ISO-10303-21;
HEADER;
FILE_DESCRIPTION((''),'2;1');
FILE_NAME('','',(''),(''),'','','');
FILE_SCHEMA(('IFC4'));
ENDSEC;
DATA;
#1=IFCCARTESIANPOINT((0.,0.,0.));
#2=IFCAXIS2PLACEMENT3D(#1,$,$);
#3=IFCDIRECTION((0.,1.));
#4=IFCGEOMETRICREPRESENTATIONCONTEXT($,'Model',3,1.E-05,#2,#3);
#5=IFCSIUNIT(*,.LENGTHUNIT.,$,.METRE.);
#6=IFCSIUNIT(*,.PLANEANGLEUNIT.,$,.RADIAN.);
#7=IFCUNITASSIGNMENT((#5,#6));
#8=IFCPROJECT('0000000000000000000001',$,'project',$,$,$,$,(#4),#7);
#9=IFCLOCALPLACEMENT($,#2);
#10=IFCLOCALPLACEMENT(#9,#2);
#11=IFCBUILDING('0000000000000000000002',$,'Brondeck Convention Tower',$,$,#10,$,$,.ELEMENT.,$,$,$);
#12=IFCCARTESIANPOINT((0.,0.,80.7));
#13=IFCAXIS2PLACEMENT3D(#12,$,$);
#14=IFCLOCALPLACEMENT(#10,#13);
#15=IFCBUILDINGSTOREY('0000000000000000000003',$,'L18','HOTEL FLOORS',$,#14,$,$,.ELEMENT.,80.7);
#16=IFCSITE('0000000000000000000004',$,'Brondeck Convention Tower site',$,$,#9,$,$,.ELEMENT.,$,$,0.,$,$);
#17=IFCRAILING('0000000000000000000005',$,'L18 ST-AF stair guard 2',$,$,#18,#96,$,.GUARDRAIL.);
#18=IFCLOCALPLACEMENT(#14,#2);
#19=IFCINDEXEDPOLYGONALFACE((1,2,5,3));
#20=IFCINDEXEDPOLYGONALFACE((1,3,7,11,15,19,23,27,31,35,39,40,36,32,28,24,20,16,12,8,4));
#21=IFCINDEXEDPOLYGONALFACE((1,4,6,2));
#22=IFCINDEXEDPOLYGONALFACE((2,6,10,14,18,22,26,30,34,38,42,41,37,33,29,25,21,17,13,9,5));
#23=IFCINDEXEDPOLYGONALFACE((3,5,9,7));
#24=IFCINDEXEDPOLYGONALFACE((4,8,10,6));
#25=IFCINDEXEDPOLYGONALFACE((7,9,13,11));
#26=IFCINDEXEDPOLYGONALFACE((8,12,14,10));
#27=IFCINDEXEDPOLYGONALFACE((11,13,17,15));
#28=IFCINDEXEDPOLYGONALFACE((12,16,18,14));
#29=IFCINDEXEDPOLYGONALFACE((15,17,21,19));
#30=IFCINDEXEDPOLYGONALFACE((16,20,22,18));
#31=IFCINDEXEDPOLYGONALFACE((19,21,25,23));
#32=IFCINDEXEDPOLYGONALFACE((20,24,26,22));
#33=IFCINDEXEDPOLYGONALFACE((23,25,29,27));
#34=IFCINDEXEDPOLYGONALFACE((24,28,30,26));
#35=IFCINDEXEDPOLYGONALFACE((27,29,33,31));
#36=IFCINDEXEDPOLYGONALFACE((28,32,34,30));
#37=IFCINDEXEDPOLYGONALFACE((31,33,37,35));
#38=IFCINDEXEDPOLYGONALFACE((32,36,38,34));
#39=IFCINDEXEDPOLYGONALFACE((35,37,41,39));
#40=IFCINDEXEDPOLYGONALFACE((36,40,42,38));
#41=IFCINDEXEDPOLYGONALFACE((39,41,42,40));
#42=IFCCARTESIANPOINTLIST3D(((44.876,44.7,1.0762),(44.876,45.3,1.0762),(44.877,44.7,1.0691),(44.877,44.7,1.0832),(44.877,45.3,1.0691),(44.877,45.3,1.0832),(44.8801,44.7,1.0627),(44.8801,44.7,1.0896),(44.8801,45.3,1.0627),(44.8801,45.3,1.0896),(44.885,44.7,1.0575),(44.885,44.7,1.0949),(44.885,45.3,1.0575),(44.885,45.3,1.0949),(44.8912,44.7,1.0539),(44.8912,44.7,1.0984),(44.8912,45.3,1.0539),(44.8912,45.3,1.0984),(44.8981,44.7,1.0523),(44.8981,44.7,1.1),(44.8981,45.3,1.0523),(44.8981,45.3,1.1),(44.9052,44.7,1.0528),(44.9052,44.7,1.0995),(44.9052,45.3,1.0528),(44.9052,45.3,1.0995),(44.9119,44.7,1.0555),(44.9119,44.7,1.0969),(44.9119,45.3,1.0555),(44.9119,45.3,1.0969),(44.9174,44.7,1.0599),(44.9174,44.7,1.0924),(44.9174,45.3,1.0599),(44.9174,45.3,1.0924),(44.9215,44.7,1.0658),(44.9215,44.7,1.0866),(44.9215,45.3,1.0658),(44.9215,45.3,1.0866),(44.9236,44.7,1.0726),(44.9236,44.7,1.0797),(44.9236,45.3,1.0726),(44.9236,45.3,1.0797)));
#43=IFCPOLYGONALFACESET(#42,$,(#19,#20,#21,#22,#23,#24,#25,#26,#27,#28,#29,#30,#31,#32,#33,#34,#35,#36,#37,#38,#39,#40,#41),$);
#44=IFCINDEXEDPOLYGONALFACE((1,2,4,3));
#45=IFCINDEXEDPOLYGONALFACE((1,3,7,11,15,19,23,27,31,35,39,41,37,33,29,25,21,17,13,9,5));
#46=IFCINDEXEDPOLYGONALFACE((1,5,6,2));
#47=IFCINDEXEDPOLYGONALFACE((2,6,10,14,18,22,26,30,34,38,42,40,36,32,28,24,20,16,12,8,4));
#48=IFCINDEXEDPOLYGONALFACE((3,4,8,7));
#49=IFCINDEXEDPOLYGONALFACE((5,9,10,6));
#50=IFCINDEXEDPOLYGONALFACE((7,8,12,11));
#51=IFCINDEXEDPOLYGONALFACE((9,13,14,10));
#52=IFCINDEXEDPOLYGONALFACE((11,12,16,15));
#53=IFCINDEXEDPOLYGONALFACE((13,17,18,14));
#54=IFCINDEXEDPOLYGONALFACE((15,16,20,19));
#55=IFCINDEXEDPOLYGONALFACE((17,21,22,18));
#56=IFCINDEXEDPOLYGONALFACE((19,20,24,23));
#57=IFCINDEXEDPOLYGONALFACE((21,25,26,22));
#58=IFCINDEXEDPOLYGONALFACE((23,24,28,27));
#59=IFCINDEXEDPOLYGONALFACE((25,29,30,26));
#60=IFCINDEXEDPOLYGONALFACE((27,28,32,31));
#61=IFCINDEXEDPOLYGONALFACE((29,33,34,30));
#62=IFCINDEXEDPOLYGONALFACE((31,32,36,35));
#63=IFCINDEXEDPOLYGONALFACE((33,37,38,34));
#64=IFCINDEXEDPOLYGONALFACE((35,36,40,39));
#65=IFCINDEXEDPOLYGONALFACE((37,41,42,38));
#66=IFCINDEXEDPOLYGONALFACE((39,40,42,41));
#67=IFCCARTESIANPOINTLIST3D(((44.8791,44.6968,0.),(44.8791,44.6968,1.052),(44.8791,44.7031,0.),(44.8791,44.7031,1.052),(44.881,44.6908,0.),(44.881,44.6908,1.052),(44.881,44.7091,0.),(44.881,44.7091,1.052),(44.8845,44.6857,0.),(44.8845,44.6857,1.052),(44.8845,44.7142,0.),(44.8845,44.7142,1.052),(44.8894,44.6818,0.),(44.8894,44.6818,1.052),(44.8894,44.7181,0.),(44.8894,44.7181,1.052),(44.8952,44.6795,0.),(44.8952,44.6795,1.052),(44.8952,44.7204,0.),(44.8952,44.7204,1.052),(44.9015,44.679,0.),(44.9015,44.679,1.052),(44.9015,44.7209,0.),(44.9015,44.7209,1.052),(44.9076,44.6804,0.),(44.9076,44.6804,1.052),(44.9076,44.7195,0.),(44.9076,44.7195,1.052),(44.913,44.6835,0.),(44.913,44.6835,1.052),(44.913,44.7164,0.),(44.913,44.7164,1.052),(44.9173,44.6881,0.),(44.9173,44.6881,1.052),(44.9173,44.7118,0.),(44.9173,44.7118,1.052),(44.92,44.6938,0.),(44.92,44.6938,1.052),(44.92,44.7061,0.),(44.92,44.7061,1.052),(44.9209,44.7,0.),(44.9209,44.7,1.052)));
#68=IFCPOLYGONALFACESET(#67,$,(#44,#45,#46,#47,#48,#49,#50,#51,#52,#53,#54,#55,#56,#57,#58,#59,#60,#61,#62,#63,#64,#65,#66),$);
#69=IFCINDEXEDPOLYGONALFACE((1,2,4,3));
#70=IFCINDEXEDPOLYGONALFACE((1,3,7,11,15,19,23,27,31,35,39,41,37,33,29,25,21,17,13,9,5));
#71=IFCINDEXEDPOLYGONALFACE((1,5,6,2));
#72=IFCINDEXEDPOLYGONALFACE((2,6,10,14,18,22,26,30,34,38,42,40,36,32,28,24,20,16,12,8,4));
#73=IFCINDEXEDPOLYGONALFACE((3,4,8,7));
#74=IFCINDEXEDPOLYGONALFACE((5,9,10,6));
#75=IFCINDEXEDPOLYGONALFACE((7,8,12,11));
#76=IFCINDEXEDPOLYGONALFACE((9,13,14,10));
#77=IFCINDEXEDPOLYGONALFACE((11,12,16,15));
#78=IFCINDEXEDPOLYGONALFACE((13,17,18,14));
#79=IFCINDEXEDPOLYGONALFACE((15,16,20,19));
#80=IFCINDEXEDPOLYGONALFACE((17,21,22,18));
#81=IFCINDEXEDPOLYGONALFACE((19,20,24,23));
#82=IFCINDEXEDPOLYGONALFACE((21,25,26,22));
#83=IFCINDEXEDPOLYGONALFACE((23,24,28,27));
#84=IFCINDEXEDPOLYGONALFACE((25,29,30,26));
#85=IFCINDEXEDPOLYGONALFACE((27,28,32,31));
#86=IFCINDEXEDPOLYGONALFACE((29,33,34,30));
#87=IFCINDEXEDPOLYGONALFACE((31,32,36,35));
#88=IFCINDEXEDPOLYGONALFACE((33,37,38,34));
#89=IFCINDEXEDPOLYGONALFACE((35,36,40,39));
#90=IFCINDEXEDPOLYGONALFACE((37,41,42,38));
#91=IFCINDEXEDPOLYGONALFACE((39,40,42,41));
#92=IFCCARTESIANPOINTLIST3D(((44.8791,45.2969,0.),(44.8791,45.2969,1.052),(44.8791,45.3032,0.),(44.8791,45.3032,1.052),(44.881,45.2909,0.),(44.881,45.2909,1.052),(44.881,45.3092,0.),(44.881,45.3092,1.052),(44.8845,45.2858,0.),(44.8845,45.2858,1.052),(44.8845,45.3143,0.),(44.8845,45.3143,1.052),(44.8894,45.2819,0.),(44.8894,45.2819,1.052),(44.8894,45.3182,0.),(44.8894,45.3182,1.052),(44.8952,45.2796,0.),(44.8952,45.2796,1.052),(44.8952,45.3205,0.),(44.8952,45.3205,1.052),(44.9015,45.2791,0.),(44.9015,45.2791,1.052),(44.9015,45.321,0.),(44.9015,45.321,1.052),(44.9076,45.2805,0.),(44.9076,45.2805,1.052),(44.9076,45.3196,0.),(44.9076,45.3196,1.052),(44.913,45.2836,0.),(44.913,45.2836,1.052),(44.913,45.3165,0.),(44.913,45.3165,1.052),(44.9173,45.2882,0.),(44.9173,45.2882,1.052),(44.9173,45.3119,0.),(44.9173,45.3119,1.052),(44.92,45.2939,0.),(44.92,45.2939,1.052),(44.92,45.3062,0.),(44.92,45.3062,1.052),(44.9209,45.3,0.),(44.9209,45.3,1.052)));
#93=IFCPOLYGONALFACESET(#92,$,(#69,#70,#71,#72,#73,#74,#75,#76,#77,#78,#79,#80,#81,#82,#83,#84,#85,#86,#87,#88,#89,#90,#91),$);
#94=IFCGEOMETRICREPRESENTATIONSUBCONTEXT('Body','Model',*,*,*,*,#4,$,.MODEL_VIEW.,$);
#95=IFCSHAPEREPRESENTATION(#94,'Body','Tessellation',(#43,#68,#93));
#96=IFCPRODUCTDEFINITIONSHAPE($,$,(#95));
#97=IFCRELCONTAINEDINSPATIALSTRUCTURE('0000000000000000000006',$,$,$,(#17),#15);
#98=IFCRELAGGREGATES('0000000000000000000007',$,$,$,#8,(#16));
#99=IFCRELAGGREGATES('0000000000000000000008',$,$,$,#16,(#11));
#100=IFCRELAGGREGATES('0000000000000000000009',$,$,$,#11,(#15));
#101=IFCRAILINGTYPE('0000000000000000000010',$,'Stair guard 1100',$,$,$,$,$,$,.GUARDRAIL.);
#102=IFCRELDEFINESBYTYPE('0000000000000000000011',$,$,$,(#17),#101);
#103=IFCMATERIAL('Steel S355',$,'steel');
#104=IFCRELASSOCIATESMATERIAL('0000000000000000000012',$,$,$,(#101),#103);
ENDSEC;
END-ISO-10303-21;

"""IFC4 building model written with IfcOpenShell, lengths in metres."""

from ifc_helpers import new_model, si_unit, direction, frame, origin, origin_2d, place, context, subcontext, project, spatial, circle, extrude, material, type_object, element, save


model = new_model("IFC4")

# Units and contexts
model_context = context("Model", 3, precision=1e-05, world=origin(), true_north=direction((0.0, 1.0)))
body_context = subcontext(model_context, "Body", "Model", "MODEL_VIEW")
ifc_project = project(units=[si_unit("LENGTHUNIT", "METRE"), si_unit("PLANEANGLEUNIT", "RADIAN")], contexts=[model_context])

# Site, building, storey
site_placement = place(None, origin())
site = spatial("IfcSite", under=ifc_project, at=site_placement, Name="Brondeck Convention Tower site", CompositionType="ELEMENT", RefElevation=0.0)
building_placement = place(site_placement, origin())
building = spatial("IfcBuilding", under=site, at=building_placement, Name="Brondeck Convention Tower", CompositionType="ELEMENT")
storey_placement = place(building_placement, frame((0.0, 0.0, 80.7)))
storey = spatial("IfcBuildingStorey", under=building, at=storey_placement, Name="L18", Description="HOTEL FLOORS", CompositionType="ELEMENT", Elevation=80.7)

# Shared definitions
ifc_material_1 = material(Name="Steel S355", Category="steel")

# Railing
railing_type_1 = type_object("IfcRailingType", Name="Stair guard 1100", PredefinedType="GUARDRAIL", material=ifc_material_1)
railing_1_placement = place(storey_placement, frame((44.8999, 44.7, 0.0)))
element("IfcRailing", 1, at=railing_1_placement, inside=storey, type_object=railing_type_1, Name="L18 ST-AF stair guard 2", PredefinedType="GUARDRAIL", context=body_context, shape_type="SweptSolid", body=[
    extrude(circle(Radius=0.0239, at=origin_2d()), frame((0.0, 0.0, 1.0762), z_axis=(0.0, 1.0, 0.0), x_axis=(-1.0, 0.0, 0.0)), (0.0, 0.0, 1.0), 0.6001),
    extrude(circle(Radius=0.021, at=origin_2d()), origin(), (0.0, 0.0, 1.0), 1.052),
    extrude(circle(Radius=0.021, at=origin_2d()), frame((0.0, 0.6001, 0.0)), (0.0, 0.0, 1.0), 1.052),
])

save(model, "model.ifc")
